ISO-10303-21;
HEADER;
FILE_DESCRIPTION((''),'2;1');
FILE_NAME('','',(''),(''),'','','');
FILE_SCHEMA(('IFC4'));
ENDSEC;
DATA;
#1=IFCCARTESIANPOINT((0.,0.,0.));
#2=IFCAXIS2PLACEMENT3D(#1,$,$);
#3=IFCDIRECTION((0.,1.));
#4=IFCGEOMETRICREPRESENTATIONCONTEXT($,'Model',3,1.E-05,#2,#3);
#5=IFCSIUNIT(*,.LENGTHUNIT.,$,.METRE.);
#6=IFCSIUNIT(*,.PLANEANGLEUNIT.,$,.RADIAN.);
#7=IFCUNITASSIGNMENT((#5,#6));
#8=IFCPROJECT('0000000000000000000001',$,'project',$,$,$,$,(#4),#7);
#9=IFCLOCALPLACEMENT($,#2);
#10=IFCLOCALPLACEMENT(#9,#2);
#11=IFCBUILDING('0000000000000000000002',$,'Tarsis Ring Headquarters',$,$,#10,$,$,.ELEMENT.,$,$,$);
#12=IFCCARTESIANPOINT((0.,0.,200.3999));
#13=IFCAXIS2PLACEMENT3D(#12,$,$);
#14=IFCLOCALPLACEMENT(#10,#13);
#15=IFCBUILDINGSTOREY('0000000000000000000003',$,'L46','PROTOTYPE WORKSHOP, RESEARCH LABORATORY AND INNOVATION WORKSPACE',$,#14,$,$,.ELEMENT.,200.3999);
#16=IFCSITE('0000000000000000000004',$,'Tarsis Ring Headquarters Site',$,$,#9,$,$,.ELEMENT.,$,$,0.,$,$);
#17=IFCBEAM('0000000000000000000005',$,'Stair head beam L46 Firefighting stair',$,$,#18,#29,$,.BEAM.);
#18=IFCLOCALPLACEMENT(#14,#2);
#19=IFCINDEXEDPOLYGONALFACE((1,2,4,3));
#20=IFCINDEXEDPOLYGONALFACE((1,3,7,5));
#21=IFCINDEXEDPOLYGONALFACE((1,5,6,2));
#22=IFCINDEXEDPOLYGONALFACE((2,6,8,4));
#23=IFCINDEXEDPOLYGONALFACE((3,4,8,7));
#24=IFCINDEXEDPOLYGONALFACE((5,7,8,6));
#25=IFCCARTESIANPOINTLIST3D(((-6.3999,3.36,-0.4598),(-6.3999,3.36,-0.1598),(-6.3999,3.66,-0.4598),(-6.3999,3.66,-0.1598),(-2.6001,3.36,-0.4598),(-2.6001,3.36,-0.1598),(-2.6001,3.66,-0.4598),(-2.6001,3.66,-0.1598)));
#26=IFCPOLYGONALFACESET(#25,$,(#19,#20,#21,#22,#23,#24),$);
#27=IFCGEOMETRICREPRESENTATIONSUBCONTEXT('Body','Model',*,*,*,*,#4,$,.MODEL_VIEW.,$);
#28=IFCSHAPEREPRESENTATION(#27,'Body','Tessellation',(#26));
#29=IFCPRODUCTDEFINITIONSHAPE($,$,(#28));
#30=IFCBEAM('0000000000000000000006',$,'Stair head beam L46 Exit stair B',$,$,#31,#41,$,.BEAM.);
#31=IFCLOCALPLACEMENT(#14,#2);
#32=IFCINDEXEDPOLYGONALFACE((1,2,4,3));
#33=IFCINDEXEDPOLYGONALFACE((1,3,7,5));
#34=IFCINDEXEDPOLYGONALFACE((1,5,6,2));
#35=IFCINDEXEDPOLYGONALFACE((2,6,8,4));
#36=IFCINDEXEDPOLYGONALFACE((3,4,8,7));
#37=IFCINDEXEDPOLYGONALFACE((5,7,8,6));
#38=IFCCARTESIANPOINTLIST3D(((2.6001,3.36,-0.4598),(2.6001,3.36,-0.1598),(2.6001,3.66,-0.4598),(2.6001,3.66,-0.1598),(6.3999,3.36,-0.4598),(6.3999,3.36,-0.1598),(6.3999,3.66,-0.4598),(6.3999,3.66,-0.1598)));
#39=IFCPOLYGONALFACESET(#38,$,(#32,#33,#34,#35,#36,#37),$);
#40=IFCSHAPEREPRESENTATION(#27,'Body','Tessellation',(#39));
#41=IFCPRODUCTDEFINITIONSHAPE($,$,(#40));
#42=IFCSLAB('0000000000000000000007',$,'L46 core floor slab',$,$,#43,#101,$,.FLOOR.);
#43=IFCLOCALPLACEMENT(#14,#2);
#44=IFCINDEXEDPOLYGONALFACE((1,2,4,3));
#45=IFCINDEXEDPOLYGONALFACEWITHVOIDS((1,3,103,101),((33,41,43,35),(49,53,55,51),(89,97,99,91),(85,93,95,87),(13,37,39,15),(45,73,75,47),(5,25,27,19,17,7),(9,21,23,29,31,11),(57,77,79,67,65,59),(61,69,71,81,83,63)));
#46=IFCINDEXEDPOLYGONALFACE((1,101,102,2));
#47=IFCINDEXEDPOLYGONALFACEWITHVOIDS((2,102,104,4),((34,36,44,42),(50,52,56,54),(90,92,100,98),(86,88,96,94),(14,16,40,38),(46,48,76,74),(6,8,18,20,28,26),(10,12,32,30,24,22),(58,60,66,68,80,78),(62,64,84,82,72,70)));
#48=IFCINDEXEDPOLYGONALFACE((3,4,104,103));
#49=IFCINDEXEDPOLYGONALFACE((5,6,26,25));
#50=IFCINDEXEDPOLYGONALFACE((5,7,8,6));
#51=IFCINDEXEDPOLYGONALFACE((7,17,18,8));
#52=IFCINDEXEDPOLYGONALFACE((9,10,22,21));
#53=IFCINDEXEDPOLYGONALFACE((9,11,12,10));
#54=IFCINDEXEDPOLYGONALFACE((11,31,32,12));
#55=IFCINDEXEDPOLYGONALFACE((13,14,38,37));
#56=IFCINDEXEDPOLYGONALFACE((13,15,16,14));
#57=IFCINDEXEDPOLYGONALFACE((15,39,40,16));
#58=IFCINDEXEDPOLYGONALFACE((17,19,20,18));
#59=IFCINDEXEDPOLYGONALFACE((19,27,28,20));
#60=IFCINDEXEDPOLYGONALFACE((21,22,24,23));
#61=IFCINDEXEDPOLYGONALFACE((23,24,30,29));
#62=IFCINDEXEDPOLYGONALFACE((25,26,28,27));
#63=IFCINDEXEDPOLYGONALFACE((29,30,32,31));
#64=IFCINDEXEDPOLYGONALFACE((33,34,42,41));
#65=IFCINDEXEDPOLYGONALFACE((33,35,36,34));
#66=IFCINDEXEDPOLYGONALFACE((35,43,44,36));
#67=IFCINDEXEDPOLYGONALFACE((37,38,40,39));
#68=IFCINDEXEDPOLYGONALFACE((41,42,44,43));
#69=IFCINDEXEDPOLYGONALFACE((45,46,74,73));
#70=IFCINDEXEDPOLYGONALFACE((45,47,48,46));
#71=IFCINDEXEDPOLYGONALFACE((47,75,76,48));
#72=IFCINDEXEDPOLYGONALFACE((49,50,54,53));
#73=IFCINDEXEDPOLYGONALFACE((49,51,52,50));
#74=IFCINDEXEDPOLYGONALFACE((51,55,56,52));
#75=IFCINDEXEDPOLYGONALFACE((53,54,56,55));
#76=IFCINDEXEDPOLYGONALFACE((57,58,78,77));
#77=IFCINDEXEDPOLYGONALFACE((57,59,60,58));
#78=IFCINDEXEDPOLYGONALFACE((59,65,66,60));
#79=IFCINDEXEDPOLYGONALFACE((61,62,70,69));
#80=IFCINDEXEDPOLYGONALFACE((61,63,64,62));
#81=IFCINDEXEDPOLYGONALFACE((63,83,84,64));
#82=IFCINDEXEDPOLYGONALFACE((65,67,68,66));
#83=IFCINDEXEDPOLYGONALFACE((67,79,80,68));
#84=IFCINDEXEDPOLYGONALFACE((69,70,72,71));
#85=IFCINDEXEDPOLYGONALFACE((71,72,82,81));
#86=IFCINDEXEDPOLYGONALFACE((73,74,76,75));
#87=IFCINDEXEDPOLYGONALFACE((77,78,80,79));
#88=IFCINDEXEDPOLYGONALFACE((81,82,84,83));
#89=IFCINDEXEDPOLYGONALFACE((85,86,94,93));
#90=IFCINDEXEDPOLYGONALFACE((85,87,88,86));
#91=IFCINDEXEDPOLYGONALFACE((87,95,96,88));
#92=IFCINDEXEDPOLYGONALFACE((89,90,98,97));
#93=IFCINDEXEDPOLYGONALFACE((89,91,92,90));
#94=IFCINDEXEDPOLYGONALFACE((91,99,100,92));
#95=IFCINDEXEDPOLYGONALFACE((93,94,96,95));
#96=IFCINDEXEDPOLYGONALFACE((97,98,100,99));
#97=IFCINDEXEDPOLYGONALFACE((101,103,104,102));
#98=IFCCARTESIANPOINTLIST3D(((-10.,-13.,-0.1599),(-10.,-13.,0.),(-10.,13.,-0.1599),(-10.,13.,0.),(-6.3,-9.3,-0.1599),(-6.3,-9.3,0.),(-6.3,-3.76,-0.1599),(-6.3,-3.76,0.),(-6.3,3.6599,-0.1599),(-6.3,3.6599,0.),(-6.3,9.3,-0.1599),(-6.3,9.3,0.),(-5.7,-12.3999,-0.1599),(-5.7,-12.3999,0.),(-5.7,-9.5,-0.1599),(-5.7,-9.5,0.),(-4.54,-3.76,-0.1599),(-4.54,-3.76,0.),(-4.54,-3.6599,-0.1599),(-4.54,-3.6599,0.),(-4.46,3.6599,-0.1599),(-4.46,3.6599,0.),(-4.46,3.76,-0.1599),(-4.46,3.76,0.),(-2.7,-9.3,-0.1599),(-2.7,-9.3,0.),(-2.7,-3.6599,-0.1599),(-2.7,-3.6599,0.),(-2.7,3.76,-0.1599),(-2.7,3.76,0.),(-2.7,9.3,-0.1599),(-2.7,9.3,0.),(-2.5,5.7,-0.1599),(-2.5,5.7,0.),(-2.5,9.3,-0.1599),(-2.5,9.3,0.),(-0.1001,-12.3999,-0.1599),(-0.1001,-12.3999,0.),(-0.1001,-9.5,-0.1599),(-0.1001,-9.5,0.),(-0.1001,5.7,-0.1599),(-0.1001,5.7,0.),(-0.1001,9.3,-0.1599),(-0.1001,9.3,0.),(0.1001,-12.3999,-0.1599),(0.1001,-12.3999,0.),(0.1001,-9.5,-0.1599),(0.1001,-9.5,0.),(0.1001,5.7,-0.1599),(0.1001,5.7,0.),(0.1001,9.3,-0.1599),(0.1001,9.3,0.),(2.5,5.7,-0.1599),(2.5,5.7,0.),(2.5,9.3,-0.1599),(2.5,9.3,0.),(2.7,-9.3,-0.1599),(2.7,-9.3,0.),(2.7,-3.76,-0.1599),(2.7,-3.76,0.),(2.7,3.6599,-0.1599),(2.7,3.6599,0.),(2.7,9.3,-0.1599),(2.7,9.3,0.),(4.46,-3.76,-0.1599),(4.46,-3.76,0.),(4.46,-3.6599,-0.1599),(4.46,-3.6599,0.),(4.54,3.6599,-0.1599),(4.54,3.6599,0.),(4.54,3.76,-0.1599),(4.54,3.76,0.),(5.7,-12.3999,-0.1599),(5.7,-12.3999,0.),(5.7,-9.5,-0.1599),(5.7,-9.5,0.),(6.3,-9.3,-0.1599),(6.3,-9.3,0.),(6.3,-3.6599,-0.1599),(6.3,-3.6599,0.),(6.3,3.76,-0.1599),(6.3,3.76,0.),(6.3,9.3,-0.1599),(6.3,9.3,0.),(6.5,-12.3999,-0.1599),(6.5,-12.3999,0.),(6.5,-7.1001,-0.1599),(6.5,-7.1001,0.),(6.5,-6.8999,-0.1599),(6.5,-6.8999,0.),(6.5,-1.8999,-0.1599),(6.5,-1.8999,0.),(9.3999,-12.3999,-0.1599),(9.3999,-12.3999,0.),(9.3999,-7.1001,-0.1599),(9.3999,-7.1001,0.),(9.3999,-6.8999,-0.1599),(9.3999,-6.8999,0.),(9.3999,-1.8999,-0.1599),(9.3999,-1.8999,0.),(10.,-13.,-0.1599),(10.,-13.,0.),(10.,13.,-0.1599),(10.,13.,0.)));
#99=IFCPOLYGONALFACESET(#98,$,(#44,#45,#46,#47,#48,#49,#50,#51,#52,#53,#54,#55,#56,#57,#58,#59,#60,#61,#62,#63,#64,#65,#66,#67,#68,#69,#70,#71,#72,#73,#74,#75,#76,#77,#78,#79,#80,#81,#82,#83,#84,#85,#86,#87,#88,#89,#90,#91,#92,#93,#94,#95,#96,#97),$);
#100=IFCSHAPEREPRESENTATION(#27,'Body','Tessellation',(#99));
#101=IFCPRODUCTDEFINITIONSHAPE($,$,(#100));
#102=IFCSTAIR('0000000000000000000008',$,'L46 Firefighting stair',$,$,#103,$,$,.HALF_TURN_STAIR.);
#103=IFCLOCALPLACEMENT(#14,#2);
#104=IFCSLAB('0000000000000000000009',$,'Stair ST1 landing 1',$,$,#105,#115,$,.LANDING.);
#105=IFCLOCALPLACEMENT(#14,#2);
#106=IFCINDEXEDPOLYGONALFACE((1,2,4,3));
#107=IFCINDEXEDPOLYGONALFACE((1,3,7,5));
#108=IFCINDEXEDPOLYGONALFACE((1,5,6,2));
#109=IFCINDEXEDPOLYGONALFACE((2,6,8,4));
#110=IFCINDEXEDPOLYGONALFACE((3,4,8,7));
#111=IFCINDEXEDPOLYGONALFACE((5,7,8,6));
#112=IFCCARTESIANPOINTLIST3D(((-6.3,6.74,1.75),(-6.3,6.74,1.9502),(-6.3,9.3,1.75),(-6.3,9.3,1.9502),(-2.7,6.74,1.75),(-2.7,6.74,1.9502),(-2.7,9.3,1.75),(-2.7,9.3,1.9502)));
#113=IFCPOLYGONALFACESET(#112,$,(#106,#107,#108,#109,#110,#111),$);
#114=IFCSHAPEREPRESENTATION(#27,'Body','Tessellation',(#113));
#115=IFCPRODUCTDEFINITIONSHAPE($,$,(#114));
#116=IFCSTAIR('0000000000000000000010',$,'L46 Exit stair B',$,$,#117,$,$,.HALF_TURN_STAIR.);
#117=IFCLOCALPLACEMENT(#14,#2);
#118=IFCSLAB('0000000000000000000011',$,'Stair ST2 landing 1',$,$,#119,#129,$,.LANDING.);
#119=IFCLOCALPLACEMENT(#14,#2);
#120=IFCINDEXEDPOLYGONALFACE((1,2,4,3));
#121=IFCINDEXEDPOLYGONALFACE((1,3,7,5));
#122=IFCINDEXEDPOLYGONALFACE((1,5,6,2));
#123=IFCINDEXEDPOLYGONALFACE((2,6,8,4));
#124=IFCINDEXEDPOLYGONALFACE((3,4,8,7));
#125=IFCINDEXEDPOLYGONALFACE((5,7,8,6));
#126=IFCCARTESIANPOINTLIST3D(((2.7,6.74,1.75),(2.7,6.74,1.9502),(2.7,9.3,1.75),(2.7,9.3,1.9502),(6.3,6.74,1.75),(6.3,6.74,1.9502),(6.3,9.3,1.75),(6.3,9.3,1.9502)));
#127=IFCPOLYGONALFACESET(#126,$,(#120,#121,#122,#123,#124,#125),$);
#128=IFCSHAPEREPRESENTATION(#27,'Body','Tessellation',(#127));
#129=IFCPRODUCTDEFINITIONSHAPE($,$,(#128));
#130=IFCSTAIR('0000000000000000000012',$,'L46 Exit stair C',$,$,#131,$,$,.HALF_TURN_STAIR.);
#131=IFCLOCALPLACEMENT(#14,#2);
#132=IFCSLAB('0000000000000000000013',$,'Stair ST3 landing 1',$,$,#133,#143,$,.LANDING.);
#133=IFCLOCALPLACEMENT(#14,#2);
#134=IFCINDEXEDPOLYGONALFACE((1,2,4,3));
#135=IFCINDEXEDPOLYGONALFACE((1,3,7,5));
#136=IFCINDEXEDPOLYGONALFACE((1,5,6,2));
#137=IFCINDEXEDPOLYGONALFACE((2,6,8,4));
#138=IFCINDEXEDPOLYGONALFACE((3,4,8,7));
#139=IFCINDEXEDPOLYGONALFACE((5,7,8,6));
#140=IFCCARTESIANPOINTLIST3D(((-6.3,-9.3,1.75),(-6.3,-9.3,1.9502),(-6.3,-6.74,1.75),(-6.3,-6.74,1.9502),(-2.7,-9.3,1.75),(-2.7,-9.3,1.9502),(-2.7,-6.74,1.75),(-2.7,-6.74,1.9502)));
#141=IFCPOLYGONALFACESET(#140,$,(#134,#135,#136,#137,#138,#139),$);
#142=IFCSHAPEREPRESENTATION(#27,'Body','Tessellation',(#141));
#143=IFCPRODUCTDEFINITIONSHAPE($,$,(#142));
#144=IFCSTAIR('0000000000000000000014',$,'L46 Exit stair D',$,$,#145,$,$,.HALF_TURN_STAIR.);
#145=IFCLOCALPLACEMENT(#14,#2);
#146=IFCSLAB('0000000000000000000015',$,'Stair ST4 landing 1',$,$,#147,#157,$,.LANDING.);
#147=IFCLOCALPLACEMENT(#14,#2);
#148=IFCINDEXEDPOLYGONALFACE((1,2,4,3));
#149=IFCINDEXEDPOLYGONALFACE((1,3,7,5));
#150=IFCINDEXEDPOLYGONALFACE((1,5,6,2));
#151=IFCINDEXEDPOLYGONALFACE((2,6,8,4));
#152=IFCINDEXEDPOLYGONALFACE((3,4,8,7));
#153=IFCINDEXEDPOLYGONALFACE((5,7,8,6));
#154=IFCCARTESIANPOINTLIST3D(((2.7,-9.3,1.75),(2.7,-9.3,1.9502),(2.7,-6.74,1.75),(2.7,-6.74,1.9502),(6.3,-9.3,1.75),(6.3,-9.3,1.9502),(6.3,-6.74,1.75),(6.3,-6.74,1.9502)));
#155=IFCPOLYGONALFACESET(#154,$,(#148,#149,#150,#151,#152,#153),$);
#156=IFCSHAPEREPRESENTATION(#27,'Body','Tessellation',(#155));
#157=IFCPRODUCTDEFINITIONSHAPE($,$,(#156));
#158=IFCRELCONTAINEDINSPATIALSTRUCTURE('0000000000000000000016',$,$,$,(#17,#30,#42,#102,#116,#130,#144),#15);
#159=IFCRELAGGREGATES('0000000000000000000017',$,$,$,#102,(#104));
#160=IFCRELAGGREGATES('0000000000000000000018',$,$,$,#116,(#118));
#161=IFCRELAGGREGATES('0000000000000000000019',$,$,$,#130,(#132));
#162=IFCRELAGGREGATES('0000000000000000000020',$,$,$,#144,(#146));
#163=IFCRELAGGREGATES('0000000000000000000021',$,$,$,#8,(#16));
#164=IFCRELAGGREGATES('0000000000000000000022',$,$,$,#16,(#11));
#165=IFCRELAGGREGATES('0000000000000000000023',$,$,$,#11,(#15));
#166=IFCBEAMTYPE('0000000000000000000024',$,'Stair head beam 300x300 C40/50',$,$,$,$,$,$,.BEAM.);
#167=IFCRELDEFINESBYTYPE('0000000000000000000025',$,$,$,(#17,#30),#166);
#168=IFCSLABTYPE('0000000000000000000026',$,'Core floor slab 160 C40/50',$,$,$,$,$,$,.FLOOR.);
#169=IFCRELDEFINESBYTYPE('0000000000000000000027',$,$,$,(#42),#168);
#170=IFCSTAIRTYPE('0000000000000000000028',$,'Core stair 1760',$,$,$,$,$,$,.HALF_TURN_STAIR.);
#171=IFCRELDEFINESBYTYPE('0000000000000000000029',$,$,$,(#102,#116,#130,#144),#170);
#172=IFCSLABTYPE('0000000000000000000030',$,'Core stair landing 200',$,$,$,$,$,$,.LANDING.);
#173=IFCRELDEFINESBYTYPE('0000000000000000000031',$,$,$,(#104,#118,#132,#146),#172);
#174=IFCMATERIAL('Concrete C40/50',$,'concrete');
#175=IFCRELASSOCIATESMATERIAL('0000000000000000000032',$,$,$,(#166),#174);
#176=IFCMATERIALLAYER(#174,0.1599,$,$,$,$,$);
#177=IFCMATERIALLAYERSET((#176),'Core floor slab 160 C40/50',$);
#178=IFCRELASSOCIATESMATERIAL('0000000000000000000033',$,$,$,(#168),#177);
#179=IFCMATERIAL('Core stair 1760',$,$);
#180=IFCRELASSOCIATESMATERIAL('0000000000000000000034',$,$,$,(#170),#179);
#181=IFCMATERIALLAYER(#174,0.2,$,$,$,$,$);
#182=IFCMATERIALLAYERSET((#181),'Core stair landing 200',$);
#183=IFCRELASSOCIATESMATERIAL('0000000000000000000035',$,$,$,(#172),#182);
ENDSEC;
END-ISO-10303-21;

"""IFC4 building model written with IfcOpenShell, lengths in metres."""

from ifc_helpers import new_model, si_unit, direction, frame, origin, origin_2d, place, context, subcontext, project, spatial, polyline, rectangle, outline, extrude, material, layer, layer_set, material_profile, profile_set, type_object, element, aggregate, save


model = new_model("IFC4")

# Units and contexts
model_context = context("Model", 3, precision=1e-05, world=origin(), true_north=direction((0.0, 1.0)))
body_context = subcontext(model_context, "Body", "Model", "MODEL_VIEW")
ifc_project = project(units=[si_unit("LENGTHUNIT", "METRE"), si_unit("PLANEANGLEUNIT", "RADIAN")], contexts=[model_context])

# Site, building, storey
site_placement = place(None, origin())
site = spatial("IfcSite", under=ifc_project, at=site_placement, Name="Tarsis Ring Headquarters Site", CompositionType="ELEMENT", RefElevation=0.0)
building_placement = place(site_placement, origin())
building = spatial("IfcBuilding", under=site, at=building_placement, Name="Tarsis Ring Headquarters", CompositionType="ELEMENT")
storey_placement = place(building_placement, frame((0.0, 0.0, 200.3999)))
storey = spatial("IfcBuildingStorey", under=building, at=storey_placement, Name="L46", Description="PROTOTYPE WORKSHOP, RESEARCH LABORATORY AND INNOVATION WORKSPACE", CompositionType="ELEMENT", Elevation=200.3999)

# Beams
ifc_material_1 = material(Name="Concrete C40/50", Category="concrete")
ifc_material_profile = material_profile(ifc_material_1, rectangle(XDim=0.3, YDim=0.3, at=origin_2d()), Name="Stair head beam 300x300 C40/50")
ifc_profile_set = profile_set([ifc_material_profile], Name="Concrete C40/50")
beam_type = type_object("IfcBeamType", Name="Stair head beam 300x300 C40/50", PredefinedType="BEAM", material=ifc_profile_set)
for number, where, z_axis, x_axis, name in (
    (1, (-6.3999, 3.51, -0.3098), (1.0, 0.0, 0.0), (0.0, 1.0, 0.0), "Stair head beam L46 Firefighting stair"),
    (2, (2.6001, 3.51, -0.3098), (1.0, 0.0, 0.0), (0.0, 1.0, 0.0), "Stair head beam L46 Exit stair B"),
):
    element("IfcBeam", number, at=place(storey_placement, frame(where, z_axis=z_axis, x_axis=x_axis)), inside=storey, type_object=beam_type, Name=name, PredefinedType="BEAM", context=body_context, shape_type="SweptSolid", body=[
        extrude(rectangle(XDim=0.3, YDim=0.3, at=origin_2d()), origin(), (0.0, 0.0, 1.0), 3.7998),
    ])

# Slab
ifc_layer_1 = layer(ifc_material_1, 0.1599)
ifc_layer_set_1 = layer_set([ifc_layer_1], Name="Core floor slab 160 C40/50")
slab_type_1 = type_object("IfcSlabType", Name="Core floor slab 160 C40/50", PredefinedType="FLOOR", material=ifc_layer_set_1)
slab_1_placement = place(storey_placement, frame((0.0, 0.0, -0.1599)))
element("IfcSlab", 3, at=slab_1_placement, inside=storey, type_object=slab_type_1, Name="L46 core floor slab", PredefinedType="FLOOR", context=body_context, shape_type="SweptSolid", body=[
    extrude(outline(polyline([(-10.0, -13.0), (10.0, -13.0), (10.0, 13.0), (-10.0, 13.0), (-10.0, -13.0)]), holes=[polyline([(-2.5, 5.7), (-0.1001, 5.7), (-0.1001, 9.3), (-2.5, 9.3), (-2.5, 5.7)]), polyline([(0.1001, 5.7), (2.5, 5.7), (2.5, 9.3), (0.1001, 9.3), (0.1001, 5.7)]), polyline([(6.5, -12.3999), (9.3999, -12.3999), (9.3999, -7.1001), (6.5, -7.1001), (6.5, -12.3999)]), polyline([(6.5, -6.8999), (9.3999, -6.8999), (9.3999, -1.8999), (6.5, -1.8999), (6.5, -6.8999)]), polyline([(-5.7, -12.3999), (-0.1001, -12.3999), (-0.1001, -9.5), (-5.7, -9.5), (-5.7, -12.3999)]), polyline([(0.1001, -12.3999), (5.7, -12.3999), (5.7, -9.5), (0.1001, -9.5), (0.1001, -12.3999)]), polyline([(-2.7, 3.76), (-2.7, 9.3), (-6.3, 9.3), (-6.3, 3.6599), (-4.46, 3.6599), (-4.46, 3.76), (-2.7, 3.76)]), polyline([(6.3, 3.76), (6.3, 9.3), (2.7, 9.3), (2.7, 3.6599), (4.54, 3.6599), (4.54, 3.76), (6.3, 3.76)]), polyline([(-6.3, -3.76), (-6.3, -9.3), (-2.7, -9.3), (-2.7, -3.6599), (-4.54, -3.6599), (-4.54, -3.76), (-6.3, -3.76)]), polyline([(2.7, -3.76), (2.7, -9.3), (6.3, -9.3), (6.3, -3.6599), (4.46, -3.6599), (4.46, -3.76), (2.7, -3.76)])]), origin(), (0.0, 0.0, 1.0), 0.1599),
])

# Stairs, slabs
ifc_material_2 = material(Name="Core stair 1760")
stair_type = type_object("IfcStairType", Name="Core stair 1760", PredefinedType="HALF_TURN_STAIR", material=ifc_material_2)
stair_1_placement = place(storey_placement, origin())
stair_1 = element("IfcStair", 4, at=stair_1_placement, inside=storey, type_object=stair_type, Name="L46 Firefighting stair", PredefinedType="HALF_TURN_STAIR")
ifc_layer_2 = layer(ifc_material_1, 0.2)
ifc_layer_set_2 = layer_set([ifc_layer_2], Name="Core stair landing 200")
slab_type_2 = type_object("IfcSlabType", Name="Core stair landing 200", PredefinedType="LANDING", material=ifc_layer_set_2)
slab_2_placement = place(storey_placement, frame((0.0, 0.0, 1.75)))
slab_2 = element("IfcSlab", 5, at=slab_2_placement, type_object=slab_type_2, Name="Stair ST1 landing 1", PredefinedType="LANDING", context=body_context, shape_type="SweptSolid", body=[
    extrude(outline(polyline([(-2.7, 6.74), (-2.7, 9.3), (-6.3, 9.3), (-6.3, 6.74), (-2.7, 6.74)])), origin(), (0.0, 0.0, 1.0), 0.2002),
])
aggregate(stair_1, [slab_2])
stair_2_placement = place(storey_placement, origin())
stair_2 = element("IfcStair", 6, at=stair_2_placement, inside=storey, type_object=stair_type, Name="L46 Exit stair B", PredefinedType="HALF_TURN_STAIR")
slab_3_placement = place(storey_placement, frame((0.0, 0.0, 1.75)))
slab_3 = element("IfcSlab", 7, at=slab_3_placement, type_object=slab_type_2, Name="Stair ST2 landing 1", PredefinedType="LANDING", context=body_context, shape_type="SweptSolid", body=[
    extrude(outline(polyline([(6.3, 6.74), (6.3, 9.3), (2.7, 9.3), (2.7, 6.74), (6.3, 6.74)])), origin(), (0.0, 0.0, 1.0), 0.2002),
])
aggregate(stair_2, [slab_3])
stair_3_placement = place(storey_placement, origin())
stair_3 = element("IfcStair", 8, at=stair_3_placement, inside=storey, type_object=stair_type, Name="L46 Exit stair C", PredefinedType="HALF_TURN_STAIR")
slab_4_placement = place(storey_placement, frame((0.0, 0.0, 1.75)))
slab_4 = element("IfcSlab", 9, at=slab_4_placement, type_object=slab_type_2, Name="Stair ST3 landing 1", PredefinedType="LANDING", context=body_context, shape_type="SweptSolid", body=[
    extrude(outline(polyline([(-6.3, -6.74), (-6.3, -9.3), (-2.7, -9.3), (-2.7, -6.74), (-6.3, -6.74)])), origin(), (0.0, 0.0, 1.0), 0.2002),
])
aggregate(stair_3, [slab_4])
stair_4_placement = place(storey_placement, origin())
stair_4 = element("IfcStair", 10, at=stair_4_placement, inside=storey, type_object=stair_type, Name="L46 Exit stair D", PredefinedType="HALF_TURN_STAIR")
slab_5_placement = place(storey_placement, frame((0.0, 0.0, 1.75)))
slab_5 = element("IfcSlab", 11, at=slab_5_placement, type_object=slab_type_2, Name="Stair ST4 landing 1", PredefinedType="LANDING", context=body_context, shape_type="SweptSolid", body=[
    extrude(outline(polyline([(2.7, -6.74), (2.7, -9.3), (6.3, -9.3), (6.3, -6.74), (2.7, -6.74)])), origin(), (0.0, 0.0, 1.0), 0.2002),
])
aggregate(stair_4, [slab_5])

save(model, "model.ifc")
